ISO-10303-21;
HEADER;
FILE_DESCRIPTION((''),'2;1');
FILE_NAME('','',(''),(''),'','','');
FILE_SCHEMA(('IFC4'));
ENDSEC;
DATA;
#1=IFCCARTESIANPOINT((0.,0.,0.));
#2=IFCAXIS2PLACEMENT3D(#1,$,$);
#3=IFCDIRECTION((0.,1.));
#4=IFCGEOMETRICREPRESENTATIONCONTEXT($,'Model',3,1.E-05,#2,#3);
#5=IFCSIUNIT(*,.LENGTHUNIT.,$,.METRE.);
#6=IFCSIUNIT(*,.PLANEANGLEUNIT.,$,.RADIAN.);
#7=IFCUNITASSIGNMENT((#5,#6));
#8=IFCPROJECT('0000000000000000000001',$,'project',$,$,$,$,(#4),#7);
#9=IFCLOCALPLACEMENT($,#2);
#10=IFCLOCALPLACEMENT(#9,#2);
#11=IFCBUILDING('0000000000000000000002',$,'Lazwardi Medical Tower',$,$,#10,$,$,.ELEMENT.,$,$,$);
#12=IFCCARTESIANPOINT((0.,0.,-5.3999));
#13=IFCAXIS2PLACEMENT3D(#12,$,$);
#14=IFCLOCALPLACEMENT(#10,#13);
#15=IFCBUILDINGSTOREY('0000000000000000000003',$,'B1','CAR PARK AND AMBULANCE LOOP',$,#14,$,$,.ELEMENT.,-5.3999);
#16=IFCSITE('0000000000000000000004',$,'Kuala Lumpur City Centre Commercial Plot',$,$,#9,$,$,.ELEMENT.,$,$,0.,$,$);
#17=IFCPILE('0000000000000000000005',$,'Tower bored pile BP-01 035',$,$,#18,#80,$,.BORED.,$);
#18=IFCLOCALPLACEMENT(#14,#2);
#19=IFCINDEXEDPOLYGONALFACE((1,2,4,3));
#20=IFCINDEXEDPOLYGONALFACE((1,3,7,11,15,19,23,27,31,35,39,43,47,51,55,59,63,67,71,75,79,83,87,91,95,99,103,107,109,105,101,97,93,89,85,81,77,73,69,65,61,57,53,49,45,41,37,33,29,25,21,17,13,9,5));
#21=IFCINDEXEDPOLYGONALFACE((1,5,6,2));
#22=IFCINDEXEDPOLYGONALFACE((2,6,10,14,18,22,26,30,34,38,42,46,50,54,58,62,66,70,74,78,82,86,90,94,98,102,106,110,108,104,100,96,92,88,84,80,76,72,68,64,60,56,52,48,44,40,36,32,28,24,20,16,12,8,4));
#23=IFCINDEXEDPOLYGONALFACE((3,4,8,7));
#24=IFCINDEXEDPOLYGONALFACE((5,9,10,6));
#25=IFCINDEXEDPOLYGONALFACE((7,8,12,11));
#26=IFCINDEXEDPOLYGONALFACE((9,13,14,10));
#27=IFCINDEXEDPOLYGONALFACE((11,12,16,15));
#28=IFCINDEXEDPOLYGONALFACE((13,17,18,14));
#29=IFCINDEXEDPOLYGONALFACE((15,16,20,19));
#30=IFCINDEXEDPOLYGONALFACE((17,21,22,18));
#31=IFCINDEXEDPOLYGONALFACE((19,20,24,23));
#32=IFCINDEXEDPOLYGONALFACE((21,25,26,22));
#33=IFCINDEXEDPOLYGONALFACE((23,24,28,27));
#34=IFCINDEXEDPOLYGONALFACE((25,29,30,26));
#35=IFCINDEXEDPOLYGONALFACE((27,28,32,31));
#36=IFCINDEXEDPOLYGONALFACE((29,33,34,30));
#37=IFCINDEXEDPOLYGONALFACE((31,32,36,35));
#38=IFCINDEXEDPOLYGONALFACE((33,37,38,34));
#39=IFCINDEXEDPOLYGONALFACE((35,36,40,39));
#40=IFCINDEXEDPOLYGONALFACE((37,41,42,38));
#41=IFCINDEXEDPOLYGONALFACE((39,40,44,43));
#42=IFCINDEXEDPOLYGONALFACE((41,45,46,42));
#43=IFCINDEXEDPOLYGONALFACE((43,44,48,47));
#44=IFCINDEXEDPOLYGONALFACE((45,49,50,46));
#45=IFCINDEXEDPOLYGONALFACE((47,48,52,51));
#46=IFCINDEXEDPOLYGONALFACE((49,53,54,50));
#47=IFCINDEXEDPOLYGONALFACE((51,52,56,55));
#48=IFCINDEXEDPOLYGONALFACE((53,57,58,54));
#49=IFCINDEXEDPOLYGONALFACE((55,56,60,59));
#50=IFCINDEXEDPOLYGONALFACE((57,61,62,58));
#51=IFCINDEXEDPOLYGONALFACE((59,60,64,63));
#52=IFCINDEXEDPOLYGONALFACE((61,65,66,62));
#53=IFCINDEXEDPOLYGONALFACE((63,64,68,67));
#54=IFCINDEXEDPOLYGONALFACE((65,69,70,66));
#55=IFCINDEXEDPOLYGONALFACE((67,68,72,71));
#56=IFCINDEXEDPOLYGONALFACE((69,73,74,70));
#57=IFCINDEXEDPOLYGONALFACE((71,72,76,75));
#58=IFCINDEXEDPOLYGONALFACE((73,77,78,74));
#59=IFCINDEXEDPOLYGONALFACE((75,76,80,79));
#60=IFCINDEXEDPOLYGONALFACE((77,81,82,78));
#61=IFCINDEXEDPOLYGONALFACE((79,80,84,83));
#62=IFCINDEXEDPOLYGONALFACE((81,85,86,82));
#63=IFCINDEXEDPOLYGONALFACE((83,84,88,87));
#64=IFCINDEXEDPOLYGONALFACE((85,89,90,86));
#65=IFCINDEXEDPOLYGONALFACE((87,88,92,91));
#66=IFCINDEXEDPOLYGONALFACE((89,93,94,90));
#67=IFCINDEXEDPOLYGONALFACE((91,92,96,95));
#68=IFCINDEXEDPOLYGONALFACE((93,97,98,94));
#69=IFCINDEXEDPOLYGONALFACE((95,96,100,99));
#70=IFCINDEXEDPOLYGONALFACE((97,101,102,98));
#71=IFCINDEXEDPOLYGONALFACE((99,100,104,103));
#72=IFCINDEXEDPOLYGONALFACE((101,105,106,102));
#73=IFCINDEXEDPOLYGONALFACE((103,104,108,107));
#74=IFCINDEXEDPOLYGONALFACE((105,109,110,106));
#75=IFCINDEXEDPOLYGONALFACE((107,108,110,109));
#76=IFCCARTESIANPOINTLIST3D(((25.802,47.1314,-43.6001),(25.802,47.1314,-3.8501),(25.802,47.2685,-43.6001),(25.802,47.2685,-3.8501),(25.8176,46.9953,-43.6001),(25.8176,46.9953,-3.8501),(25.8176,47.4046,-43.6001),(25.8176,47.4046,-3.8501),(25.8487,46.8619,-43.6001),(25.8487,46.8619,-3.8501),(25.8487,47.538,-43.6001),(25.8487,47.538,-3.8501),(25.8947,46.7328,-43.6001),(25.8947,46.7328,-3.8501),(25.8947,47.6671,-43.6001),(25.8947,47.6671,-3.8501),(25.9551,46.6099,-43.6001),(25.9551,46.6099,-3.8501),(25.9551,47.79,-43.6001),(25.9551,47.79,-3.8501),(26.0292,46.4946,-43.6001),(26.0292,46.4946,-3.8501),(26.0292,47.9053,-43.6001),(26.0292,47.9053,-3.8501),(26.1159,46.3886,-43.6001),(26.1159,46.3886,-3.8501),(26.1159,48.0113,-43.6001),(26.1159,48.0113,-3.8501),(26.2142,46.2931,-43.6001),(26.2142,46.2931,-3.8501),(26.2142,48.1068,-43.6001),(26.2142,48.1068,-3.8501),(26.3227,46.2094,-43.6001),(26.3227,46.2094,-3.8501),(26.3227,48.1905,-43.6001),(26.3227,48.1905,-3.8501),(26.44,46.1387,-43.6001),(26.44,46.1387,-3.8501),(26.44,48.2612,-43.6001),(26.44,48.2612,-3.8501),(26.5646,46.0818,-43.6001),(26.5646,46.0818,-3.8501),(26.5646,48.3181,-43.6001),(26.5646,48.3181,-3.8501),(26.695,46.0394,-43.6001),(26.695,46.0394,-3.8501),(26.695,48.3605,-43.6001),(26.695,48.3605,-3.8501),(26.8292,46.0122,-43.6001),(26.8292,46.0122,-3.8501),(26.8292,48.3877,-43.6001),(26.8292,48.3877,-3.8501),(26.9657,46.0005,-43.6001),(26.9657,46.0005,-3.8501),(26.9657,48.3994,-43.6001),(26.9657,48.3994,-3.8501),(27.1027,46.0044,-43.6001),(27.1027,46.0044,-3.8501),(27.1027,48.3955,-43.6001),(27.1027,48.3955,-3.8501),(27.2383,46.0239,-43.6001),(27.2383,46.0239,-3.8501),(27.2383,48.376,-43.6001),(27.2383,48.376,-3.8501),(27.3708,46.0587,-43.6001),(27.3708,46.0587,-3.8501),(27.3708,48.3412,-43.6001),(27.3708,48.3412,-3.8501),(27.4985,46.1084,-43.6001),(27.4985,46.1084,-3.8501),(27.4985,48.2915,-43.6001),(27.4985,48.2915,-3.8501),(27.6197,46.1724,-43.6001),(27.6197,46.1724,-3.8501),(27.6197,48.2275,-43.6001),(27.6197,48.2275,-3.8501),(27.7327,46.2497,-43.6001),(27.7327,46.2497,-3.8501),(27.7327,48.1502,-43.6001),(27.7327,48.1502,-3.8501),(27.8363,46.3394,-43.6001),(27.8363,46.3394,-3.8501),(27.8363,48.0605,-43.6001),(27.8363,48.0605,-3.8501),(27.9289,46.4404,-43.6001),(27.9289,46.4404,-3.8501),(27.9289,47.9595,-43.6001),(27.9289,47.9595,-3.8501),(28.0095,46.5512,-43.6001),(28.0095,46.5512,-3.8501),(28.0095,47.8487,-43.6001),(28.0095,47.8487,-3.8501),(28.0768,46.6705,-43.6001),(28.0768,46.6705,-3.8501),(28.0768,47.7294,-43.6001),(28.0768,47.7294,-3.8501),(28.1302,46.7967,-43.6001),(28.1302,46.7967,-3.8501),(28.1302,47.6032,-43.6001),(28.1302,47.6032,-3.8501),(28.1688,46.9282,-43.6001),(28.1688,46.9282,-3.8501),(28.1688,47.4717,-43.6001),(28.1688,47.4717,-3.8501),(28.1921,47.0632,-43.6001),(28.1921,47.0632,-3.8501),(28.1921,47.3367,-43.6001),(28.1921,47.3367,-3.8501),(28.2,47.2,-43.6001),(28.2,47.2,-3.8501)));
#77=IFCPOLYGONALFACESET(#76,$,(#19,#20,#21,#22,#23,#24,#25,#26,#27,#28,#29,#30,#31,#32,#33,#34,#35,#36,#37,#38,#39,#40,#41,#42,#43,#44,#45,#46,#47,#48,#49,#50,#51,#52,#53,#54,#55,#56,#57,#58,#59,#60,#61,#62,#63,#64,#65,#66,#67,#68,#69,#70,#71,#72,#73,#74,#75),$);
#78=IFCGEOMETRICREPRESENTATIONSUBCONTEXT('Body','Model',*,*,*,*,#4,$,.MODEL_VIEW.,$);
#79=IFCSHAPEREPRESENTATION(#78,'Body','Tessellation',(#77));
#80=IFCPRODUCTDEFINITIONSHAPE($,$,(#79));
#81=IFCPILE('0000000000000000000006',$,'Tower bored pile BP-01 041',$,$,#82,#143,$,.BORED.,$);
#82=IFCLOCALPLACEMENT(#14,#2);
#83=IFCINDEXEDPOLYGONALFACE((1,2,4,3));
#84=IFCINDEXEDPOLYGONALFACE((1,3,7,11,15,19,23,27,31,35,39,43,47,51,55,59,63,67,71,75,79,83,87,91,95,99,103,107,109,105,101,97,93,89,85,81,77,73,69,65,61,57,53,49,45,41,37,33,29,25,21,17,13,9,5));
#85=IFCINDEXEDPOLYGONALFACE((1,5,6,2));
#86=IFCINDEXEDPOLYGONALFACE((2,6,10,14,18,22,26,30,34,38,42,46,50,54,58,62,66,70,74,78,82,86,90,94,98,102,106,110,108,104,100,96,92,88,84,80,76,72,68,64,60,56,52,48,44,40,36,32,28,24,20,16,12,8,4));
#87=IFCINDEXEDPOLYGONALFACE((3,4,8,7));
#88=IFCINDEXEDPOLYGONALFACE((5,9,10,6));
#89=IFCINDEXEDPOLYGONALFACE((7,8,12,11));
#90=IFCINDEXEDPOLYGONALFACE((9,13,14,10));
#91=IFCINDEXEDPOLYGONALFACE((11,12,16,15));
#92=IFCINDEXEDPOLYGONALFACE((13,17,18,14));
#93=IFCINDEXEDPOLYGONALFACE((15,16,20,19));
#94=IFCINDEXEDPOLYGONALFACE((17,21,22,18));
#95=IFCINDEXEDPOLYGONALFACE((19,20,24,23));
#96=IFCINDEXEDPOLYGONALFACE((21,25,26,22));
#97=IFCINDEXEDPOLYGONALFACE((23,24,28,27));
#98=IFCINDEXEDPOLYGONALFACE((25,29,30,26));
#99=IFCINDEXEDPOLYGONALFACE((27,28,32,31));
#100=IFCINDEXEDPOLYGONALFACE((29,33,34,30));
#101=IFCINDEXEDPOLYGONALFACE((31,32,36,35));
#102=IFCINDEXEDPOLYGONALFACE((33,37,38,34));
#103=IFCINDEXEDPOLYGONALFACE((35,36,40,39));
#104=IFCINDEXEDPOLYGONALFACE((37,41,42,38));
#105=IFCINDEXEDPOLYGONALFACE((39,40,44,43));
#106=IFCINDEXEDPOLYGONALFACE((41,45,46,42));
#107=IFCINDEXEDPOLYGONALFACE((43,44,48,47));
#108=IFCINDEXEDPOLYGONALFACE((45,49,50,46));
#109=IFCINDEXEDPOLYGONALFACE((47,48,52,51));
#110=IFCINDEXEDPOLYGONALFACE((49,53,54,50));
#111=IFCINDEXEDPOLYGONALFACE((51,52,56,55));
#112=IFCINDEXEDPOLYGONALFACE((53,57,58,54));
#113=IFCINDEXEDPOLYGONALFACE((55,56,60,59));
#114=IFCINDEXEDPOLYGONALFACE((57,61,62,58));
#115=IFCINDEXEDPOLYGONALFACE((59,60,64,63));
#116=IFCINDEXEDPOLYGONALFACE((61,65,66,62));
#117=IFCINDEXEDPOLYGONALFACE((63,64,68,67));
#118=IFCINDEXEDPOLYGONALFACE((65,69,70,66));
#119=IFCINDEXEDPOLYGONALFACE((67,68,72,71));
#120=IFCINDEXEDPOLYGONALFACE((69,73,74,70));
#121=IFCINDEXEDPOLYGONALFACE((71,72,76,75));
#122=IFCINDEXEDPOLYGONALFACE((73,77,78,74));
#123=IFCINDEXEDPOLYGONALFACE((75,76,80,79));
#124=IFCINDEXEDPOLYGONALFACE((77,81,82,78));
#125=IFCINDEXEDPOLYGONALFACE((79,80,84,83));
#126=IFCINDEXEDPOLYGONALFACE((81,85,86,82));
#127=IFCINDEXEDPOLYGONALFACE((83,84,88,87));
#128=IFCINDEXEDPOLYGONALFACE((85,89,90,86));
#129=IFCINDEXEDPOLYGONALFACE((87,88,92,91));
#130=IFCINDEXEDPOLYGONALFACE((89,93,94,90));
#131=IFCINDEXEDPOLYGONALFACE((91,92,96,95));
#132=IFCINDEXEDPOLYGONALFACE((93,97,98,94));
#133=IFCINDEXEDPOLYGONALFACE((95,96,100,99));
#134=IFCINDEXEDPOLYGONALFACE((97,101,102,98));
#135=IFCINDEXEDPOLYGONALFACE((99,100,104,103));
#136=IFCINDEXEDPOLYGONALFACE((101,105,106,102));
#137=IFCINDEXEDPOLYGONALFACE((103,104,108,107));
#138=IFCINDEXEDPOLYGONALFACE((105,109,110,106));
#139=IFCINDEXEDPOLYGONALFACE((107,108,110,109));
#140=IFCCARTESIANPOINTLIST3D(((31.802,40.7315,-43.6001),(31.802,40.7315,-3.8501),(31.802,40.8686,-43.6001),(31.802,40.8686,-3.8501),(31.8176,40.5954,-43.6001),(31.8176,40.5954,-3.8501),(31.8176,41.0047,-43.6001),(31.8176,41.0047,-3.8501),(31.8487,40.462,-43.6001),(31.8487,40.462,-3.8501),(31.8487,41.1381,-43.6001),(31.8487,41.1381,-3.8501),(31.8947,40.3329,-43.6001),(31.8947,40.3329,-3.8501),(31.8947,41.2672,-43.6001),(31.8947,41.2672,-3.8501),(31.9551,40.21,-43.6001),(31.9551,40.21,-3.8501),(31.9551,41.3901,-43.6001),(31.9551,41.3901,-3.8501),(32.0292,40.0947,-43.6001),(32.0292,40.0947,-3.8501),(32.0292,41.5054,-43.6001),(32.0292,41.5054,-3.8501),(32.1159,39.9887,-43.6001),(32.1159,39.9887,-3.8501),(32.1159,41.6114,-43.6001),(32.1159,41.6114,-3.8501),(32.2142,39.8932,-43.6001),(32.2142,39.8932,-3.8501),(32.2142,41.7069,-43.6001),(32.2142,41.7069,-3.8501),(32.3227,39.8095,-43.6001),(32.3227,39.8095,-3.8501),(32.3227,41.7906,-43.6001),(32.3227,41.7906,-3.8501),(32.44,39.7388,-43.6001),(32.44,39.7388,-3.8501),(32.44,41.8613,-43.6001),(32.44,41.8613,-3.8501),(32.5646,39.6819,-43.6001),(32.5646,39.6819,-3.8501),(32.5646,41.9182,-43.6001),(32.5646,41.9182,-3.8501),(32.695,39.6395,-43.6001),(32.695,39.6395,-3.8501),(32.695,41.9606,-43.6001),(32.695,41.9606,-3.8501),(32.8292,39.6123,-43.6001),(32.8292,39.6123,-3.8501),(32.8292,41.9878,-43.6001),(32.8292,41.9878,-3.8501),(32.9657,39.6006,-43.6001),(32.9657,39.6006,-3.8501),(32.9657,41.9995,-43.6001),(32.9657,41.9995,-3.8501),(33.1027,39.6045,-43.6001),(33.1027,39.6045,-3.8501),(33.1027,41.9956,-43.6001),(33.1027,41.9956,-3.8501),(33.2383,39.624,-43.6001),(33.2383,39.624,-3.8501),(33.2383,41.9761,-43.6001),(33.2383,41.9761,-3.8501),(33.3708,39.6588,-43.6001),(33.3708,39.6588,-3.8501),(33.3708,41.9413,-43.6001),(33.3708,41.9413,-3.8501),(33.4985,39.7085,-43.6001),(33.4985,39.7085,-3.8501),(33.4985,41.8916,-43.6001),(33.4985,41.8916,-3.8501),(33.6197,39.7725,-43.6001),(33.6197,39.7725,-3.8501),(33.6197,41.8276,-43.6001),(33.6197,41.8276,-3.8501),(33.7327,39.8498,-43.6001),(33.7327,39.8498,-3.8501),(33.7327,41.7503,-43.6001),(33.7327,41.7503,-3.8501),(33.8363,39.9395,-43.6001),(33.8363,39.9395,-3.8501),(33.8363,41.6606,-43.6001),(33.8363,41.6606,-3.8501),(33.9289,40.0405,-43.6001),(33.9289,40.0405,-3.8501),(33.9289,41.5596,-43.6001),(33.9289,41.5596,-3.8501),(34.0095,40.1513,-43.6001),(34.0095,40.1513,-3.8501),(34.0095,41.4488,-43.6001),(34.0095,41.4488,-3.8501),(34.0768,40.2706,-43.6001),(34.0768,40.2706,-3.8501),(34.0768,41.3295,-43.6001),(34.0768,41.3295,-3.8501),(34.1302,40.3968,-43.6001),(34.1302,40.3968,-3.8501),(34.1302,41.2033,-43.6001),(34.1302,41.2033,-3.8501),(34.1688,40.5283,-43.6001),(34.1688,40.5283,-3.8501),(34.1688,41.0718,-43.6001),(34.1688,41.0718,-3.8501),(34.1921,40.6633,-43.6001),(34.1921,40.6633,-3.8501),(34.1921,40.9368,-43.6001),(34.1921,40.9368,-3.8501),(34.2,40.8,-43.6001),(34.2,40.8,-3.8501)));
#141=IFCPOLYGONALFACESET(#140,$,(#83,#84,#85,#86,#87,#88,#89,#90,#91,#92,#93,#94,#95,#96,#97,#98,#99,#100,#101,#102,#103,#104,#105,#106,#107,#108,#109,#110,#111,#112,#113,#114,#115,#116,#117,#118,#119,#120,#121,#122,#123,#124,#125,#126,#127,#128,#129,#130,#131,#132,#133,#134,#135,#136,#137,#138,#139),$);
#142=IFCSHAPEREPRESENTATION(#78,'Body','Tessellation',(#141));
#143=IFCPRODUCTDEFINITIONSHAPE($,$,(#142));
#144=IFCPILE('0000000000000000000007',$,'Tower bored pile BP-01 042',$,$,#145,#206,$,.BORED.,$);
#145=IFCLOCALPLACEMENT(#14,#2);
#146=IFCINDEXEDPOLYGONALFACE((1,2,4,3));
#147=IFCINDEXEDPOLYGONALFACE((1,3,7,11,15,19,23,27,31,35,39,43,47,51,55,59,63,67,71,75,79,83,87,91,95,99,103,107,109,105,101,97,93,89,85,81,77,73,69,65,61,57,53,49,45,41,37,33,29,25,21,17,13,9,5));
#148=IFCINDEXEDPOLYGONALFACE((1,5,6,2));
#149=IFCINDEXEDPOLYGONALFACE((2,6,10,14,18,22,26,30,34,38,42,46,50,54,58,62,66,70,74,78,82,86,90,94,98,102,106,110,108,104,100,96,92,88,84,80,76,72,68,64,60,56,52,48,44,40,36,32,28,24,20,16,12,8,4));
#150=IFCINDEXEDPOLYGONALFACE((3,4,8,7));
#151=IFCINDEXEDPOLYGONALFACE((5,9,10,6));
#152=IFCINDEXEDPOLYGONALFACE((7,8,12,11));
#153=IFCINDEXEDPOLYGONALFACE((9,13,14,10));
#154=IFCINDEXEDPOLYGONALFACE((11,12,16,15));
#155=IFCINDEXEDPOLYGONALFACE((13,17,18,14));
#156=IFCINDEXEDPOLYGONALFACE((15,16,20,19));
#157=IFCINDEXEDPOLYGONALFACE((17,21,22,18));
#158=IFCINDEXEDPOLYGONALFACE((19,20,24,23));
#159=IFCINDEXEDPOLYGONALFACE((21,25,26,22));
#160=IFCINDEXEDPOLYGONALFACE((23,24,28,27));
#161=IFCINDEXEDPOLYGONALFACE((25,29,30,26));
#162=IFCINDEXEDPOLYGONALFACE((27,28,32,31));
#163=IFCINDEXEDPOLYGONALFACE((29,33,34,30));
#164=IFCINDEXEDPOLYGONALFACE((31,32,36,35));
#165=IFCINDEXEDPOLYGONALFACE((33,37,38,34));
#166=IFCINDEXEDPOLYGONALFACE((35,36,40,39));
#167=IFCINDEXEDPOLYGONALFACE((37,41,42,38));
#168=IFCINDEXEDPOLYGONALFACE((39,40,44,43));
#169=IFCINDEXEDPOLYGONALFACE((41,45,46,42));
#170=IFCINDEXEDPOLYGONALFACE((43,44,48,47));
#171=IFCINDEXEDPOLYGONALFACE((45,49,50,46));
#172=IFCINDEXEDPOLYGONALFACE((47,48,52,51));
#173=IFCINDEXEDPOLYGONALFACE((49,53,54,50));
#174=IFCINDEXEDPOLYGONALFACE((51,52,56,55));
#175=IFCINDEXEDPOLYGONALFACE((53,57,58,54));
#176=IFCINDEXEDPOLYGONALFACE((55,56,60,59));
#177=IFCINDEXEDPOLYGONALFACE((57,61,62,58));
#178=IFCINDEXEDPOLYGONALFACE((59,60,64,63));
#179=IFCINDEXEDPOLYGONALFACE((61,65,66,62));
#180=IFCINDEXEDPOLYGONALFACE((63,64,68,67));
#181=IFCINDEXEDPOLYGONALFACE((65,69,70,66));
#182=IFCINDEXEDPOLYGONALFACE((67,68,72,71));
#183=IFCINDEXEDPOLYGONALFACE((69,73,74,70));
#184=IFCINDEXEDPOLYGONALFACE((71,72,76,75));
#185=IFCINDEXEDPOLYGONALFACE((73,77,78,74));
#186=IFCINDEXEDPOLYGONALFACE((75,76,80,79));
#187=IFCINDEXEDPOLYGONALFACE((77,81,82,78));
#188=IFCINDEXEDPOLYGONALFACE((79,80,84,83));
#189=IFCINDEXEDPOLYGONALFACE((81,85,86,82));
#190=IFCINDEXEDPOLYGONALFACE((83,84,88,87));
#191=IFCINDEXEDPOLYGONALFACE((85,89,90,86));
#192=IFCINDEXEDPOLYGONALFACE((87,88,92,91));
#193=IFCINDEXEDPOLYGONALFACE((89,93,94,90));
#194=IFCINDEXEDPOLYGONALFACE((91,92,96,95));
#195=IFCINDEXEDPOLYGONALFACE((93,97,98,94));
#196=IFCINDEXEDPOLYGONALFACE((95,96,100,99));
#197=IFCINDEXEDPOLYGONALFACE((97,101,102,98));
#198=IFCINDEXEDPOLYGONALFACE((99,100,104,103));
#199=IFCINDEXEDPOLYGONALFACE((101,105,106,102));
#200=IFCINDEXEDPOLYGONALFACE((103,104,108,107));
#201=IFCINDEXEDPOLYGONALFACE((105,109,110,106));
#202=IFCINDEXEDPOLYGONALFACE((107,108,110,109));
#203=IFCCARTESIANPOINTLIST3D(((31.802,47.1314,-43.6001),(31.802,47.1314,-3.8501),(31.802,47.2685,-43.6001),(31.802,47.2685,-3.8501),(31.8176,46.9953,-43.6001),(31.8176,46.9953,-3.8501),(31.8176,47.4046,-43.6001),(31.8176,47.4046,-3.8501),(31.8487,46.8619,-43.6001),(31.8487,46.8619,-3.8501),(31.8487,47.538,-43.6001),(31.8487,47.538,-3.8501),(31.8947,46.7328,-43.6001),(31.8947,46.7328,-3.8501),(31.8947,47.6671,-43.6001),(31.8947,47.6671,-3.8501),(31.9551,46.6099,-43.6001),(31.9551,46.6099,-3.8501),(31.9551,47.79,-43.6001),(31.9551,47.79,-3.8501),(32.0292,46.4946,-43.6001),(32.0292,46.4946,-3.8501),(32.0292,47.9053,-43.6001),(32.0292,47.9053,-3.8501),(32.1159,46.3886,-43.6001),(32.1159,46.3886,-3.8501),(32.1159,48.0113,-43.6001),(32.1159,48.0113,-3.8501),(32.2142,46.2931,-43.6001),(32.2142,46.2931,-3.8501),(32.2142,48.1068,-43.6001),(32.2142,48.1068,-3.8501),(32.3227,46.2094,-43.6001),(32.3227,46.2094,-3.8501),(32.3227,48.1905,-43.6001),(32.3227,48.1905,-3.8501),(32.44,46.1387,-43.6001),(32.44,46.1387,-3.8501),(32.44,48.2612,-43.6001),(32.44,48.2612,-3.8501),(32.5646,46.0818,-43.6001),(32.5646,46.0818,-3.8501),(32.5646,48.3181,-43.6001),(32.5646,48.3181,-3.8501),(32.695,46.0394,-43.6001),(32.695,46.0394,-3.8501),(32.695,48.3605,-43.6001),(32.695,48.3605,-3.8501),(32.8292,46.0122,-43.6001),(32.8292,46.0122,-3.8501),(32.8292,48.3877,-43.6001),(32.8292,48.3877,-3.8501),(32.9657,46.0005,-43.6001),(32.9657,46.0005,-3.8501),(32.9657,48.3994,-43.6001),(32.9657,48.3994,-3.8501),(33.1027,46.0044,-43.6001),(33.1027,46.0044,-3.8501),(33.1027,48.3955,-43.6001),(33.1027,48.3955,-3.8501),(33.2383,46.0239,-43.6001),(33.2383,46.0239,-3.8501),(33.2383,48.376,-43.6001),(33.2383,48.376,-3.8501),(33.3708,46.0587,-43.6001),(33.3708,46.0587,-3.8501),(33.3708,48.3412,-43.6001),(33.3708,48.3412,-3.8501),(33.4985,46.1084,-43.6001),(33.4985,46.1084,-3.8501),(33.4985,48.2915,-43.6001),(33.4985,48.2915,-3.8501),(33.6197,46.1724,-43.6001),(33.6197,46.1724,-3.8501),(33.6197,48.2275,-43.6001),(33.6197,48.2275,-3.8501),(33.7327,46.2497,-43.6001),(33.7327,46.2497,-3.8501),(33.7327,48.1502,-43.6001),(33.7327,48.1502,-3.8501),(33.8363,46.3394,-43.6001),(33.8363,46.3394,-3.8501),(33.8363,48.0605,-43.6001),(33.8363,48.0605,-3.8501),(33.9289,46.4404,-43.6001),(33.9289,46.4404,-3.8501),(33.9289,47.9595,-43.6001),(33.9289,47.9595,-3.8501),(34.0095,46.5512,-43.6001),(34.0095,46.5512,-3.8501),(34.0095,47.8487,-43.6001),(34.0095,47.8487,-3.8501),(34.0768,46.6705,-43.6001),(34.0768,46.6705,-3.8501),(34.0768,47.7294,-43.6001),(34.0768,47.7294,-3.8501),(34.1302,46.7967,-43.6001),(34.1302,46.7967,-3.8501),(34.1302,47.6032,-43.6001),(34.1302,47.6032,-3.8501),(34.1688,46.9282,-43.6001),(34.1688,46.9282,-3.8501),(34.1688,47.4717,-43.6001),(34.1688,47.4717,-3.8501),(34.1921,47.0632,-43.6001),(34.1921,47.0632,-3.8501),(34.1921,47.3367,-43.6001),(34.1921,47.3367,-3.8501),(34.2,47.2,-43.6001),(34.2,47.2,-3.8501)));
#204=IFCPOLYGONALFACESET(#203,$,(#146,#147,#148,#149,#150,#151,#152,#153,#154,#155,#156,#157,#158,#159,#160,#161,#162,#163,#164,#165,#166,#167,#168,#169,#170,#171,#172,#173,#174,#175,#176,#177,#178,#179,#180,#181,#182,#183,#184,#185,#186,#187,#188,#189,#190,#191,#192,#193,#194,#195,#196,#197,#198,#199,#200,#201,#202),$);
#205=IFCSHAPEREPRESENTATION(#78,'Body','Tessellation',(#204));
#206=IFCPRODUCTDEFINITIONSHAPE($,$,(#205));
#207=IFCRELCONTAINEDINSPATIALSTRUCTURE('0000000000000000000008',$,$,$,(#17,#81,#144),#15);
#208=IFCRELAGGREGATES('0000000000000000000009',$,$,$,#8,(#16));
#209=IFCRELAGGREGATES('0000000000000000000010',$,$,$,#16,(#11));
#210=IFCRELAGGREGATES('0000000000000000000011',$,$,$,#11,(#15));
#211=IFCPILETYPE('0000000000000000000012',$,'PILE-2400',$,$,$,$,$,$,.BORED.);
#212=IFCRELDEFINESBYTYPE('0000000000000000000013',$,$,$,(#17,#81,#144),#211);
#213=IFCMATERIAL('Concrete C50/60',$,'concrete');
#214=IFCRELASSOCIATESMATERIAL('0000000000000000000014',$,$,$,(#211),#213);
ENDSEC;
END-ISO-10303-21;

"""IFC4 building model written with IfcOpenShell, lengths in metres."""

from ifc_helpers import new_model, si_unit, direction, frame, origin, origin_2d, place, context, subcontext, project, spatial, circle, extrude, material, material_profile, profile_set, type_object, element, save


model = new_model("IFC4")

# Units and contexts
model_context = context("Model", 3, precision=1e-05, world=origin(), true_north=direction((0.0, 1.0)))
body_context = subcontext(model_context, "Body", "Model", "MODEL_VIEW")
ifc_project = project(units=[si_unit("LENGTHUNIT", "METRE"), si_unit("PLANEANGLEUNIT", "RADIAN")], contexts=[model_context])

# Site, building, storey
site_placement = place(None, origin())
site = spatial("IfcSite", under=ifc_project, at=site_placement, Name="Kuala Lumpur City Centre Commercial Plot", CompositionType="ELEMENT", RefElevation=0.0)
building_placement = place(site_placement, origin())
building = spatial("IfcBuilding", under=site, at=building_placement, Name="Lazwardi Medical Tower", CompositionType="ELEMENT")
storey_placement = place(building_placement, frame((0.0, 0.0, -5.3999)))
storey = spatial("IfcBuildingStorey", under=building, at=storey_placement, Name="B1", Description="CAR PARK AND AMBULANCE LOOP", CompositionType="ELEMENT", Elevation=-5.3999)

# Piles
ifc_material_1 = material(Name="Concrete C50/60", Category="concrete")
ifc_material_profile_1 = material_profile(ifc_material_1, circle(Radius=1.2, at=origin_2d()), Name="BORED PILE D2400")
ifc_profile_set_1 = profile_set([ifc_material_profile_1], Name="Concrete C50/60")
pile_type = type_object("IfcPileType", Name="PILE-2400", PredefinedType="BORED", material=ifc_profile_set_1)
for number, where, z_axis, x_axis, name in (
    (1, (27.0, 47.2, -3.8501), (0.0, 0.0, -1.0), (1.0, 0.0, 0.0), "Tower bored pile BP-01 035"),
    (2, (33.0, 40.8, -3.8501), (0.0, 0.0, -1.0), (1.0, 0.0, 0.0), "Tower bored pile BP-01 041"),
    (3, (33.0, 47.2, -3.8501), (0.0, 0.0, -1.0), (1.0, 0.0, 0.0), "Tower bored pile BP-01 042"),
):
    element("IfcPile", number, at=place(storey_placement, frame(where, z_axis=z_axis, x_axis=x_axis)), inside=storey, type_object=pile_type, Name=name, PredefinedType="BORED", context=body_context, shape_type="SweptSolid", body=[
        extrude(circle(Radius=1.2, at=origin_2d()), origin(), (0.0, 0.0, 1.0), 39.75),
    ])

save(model, "model.ifc")
